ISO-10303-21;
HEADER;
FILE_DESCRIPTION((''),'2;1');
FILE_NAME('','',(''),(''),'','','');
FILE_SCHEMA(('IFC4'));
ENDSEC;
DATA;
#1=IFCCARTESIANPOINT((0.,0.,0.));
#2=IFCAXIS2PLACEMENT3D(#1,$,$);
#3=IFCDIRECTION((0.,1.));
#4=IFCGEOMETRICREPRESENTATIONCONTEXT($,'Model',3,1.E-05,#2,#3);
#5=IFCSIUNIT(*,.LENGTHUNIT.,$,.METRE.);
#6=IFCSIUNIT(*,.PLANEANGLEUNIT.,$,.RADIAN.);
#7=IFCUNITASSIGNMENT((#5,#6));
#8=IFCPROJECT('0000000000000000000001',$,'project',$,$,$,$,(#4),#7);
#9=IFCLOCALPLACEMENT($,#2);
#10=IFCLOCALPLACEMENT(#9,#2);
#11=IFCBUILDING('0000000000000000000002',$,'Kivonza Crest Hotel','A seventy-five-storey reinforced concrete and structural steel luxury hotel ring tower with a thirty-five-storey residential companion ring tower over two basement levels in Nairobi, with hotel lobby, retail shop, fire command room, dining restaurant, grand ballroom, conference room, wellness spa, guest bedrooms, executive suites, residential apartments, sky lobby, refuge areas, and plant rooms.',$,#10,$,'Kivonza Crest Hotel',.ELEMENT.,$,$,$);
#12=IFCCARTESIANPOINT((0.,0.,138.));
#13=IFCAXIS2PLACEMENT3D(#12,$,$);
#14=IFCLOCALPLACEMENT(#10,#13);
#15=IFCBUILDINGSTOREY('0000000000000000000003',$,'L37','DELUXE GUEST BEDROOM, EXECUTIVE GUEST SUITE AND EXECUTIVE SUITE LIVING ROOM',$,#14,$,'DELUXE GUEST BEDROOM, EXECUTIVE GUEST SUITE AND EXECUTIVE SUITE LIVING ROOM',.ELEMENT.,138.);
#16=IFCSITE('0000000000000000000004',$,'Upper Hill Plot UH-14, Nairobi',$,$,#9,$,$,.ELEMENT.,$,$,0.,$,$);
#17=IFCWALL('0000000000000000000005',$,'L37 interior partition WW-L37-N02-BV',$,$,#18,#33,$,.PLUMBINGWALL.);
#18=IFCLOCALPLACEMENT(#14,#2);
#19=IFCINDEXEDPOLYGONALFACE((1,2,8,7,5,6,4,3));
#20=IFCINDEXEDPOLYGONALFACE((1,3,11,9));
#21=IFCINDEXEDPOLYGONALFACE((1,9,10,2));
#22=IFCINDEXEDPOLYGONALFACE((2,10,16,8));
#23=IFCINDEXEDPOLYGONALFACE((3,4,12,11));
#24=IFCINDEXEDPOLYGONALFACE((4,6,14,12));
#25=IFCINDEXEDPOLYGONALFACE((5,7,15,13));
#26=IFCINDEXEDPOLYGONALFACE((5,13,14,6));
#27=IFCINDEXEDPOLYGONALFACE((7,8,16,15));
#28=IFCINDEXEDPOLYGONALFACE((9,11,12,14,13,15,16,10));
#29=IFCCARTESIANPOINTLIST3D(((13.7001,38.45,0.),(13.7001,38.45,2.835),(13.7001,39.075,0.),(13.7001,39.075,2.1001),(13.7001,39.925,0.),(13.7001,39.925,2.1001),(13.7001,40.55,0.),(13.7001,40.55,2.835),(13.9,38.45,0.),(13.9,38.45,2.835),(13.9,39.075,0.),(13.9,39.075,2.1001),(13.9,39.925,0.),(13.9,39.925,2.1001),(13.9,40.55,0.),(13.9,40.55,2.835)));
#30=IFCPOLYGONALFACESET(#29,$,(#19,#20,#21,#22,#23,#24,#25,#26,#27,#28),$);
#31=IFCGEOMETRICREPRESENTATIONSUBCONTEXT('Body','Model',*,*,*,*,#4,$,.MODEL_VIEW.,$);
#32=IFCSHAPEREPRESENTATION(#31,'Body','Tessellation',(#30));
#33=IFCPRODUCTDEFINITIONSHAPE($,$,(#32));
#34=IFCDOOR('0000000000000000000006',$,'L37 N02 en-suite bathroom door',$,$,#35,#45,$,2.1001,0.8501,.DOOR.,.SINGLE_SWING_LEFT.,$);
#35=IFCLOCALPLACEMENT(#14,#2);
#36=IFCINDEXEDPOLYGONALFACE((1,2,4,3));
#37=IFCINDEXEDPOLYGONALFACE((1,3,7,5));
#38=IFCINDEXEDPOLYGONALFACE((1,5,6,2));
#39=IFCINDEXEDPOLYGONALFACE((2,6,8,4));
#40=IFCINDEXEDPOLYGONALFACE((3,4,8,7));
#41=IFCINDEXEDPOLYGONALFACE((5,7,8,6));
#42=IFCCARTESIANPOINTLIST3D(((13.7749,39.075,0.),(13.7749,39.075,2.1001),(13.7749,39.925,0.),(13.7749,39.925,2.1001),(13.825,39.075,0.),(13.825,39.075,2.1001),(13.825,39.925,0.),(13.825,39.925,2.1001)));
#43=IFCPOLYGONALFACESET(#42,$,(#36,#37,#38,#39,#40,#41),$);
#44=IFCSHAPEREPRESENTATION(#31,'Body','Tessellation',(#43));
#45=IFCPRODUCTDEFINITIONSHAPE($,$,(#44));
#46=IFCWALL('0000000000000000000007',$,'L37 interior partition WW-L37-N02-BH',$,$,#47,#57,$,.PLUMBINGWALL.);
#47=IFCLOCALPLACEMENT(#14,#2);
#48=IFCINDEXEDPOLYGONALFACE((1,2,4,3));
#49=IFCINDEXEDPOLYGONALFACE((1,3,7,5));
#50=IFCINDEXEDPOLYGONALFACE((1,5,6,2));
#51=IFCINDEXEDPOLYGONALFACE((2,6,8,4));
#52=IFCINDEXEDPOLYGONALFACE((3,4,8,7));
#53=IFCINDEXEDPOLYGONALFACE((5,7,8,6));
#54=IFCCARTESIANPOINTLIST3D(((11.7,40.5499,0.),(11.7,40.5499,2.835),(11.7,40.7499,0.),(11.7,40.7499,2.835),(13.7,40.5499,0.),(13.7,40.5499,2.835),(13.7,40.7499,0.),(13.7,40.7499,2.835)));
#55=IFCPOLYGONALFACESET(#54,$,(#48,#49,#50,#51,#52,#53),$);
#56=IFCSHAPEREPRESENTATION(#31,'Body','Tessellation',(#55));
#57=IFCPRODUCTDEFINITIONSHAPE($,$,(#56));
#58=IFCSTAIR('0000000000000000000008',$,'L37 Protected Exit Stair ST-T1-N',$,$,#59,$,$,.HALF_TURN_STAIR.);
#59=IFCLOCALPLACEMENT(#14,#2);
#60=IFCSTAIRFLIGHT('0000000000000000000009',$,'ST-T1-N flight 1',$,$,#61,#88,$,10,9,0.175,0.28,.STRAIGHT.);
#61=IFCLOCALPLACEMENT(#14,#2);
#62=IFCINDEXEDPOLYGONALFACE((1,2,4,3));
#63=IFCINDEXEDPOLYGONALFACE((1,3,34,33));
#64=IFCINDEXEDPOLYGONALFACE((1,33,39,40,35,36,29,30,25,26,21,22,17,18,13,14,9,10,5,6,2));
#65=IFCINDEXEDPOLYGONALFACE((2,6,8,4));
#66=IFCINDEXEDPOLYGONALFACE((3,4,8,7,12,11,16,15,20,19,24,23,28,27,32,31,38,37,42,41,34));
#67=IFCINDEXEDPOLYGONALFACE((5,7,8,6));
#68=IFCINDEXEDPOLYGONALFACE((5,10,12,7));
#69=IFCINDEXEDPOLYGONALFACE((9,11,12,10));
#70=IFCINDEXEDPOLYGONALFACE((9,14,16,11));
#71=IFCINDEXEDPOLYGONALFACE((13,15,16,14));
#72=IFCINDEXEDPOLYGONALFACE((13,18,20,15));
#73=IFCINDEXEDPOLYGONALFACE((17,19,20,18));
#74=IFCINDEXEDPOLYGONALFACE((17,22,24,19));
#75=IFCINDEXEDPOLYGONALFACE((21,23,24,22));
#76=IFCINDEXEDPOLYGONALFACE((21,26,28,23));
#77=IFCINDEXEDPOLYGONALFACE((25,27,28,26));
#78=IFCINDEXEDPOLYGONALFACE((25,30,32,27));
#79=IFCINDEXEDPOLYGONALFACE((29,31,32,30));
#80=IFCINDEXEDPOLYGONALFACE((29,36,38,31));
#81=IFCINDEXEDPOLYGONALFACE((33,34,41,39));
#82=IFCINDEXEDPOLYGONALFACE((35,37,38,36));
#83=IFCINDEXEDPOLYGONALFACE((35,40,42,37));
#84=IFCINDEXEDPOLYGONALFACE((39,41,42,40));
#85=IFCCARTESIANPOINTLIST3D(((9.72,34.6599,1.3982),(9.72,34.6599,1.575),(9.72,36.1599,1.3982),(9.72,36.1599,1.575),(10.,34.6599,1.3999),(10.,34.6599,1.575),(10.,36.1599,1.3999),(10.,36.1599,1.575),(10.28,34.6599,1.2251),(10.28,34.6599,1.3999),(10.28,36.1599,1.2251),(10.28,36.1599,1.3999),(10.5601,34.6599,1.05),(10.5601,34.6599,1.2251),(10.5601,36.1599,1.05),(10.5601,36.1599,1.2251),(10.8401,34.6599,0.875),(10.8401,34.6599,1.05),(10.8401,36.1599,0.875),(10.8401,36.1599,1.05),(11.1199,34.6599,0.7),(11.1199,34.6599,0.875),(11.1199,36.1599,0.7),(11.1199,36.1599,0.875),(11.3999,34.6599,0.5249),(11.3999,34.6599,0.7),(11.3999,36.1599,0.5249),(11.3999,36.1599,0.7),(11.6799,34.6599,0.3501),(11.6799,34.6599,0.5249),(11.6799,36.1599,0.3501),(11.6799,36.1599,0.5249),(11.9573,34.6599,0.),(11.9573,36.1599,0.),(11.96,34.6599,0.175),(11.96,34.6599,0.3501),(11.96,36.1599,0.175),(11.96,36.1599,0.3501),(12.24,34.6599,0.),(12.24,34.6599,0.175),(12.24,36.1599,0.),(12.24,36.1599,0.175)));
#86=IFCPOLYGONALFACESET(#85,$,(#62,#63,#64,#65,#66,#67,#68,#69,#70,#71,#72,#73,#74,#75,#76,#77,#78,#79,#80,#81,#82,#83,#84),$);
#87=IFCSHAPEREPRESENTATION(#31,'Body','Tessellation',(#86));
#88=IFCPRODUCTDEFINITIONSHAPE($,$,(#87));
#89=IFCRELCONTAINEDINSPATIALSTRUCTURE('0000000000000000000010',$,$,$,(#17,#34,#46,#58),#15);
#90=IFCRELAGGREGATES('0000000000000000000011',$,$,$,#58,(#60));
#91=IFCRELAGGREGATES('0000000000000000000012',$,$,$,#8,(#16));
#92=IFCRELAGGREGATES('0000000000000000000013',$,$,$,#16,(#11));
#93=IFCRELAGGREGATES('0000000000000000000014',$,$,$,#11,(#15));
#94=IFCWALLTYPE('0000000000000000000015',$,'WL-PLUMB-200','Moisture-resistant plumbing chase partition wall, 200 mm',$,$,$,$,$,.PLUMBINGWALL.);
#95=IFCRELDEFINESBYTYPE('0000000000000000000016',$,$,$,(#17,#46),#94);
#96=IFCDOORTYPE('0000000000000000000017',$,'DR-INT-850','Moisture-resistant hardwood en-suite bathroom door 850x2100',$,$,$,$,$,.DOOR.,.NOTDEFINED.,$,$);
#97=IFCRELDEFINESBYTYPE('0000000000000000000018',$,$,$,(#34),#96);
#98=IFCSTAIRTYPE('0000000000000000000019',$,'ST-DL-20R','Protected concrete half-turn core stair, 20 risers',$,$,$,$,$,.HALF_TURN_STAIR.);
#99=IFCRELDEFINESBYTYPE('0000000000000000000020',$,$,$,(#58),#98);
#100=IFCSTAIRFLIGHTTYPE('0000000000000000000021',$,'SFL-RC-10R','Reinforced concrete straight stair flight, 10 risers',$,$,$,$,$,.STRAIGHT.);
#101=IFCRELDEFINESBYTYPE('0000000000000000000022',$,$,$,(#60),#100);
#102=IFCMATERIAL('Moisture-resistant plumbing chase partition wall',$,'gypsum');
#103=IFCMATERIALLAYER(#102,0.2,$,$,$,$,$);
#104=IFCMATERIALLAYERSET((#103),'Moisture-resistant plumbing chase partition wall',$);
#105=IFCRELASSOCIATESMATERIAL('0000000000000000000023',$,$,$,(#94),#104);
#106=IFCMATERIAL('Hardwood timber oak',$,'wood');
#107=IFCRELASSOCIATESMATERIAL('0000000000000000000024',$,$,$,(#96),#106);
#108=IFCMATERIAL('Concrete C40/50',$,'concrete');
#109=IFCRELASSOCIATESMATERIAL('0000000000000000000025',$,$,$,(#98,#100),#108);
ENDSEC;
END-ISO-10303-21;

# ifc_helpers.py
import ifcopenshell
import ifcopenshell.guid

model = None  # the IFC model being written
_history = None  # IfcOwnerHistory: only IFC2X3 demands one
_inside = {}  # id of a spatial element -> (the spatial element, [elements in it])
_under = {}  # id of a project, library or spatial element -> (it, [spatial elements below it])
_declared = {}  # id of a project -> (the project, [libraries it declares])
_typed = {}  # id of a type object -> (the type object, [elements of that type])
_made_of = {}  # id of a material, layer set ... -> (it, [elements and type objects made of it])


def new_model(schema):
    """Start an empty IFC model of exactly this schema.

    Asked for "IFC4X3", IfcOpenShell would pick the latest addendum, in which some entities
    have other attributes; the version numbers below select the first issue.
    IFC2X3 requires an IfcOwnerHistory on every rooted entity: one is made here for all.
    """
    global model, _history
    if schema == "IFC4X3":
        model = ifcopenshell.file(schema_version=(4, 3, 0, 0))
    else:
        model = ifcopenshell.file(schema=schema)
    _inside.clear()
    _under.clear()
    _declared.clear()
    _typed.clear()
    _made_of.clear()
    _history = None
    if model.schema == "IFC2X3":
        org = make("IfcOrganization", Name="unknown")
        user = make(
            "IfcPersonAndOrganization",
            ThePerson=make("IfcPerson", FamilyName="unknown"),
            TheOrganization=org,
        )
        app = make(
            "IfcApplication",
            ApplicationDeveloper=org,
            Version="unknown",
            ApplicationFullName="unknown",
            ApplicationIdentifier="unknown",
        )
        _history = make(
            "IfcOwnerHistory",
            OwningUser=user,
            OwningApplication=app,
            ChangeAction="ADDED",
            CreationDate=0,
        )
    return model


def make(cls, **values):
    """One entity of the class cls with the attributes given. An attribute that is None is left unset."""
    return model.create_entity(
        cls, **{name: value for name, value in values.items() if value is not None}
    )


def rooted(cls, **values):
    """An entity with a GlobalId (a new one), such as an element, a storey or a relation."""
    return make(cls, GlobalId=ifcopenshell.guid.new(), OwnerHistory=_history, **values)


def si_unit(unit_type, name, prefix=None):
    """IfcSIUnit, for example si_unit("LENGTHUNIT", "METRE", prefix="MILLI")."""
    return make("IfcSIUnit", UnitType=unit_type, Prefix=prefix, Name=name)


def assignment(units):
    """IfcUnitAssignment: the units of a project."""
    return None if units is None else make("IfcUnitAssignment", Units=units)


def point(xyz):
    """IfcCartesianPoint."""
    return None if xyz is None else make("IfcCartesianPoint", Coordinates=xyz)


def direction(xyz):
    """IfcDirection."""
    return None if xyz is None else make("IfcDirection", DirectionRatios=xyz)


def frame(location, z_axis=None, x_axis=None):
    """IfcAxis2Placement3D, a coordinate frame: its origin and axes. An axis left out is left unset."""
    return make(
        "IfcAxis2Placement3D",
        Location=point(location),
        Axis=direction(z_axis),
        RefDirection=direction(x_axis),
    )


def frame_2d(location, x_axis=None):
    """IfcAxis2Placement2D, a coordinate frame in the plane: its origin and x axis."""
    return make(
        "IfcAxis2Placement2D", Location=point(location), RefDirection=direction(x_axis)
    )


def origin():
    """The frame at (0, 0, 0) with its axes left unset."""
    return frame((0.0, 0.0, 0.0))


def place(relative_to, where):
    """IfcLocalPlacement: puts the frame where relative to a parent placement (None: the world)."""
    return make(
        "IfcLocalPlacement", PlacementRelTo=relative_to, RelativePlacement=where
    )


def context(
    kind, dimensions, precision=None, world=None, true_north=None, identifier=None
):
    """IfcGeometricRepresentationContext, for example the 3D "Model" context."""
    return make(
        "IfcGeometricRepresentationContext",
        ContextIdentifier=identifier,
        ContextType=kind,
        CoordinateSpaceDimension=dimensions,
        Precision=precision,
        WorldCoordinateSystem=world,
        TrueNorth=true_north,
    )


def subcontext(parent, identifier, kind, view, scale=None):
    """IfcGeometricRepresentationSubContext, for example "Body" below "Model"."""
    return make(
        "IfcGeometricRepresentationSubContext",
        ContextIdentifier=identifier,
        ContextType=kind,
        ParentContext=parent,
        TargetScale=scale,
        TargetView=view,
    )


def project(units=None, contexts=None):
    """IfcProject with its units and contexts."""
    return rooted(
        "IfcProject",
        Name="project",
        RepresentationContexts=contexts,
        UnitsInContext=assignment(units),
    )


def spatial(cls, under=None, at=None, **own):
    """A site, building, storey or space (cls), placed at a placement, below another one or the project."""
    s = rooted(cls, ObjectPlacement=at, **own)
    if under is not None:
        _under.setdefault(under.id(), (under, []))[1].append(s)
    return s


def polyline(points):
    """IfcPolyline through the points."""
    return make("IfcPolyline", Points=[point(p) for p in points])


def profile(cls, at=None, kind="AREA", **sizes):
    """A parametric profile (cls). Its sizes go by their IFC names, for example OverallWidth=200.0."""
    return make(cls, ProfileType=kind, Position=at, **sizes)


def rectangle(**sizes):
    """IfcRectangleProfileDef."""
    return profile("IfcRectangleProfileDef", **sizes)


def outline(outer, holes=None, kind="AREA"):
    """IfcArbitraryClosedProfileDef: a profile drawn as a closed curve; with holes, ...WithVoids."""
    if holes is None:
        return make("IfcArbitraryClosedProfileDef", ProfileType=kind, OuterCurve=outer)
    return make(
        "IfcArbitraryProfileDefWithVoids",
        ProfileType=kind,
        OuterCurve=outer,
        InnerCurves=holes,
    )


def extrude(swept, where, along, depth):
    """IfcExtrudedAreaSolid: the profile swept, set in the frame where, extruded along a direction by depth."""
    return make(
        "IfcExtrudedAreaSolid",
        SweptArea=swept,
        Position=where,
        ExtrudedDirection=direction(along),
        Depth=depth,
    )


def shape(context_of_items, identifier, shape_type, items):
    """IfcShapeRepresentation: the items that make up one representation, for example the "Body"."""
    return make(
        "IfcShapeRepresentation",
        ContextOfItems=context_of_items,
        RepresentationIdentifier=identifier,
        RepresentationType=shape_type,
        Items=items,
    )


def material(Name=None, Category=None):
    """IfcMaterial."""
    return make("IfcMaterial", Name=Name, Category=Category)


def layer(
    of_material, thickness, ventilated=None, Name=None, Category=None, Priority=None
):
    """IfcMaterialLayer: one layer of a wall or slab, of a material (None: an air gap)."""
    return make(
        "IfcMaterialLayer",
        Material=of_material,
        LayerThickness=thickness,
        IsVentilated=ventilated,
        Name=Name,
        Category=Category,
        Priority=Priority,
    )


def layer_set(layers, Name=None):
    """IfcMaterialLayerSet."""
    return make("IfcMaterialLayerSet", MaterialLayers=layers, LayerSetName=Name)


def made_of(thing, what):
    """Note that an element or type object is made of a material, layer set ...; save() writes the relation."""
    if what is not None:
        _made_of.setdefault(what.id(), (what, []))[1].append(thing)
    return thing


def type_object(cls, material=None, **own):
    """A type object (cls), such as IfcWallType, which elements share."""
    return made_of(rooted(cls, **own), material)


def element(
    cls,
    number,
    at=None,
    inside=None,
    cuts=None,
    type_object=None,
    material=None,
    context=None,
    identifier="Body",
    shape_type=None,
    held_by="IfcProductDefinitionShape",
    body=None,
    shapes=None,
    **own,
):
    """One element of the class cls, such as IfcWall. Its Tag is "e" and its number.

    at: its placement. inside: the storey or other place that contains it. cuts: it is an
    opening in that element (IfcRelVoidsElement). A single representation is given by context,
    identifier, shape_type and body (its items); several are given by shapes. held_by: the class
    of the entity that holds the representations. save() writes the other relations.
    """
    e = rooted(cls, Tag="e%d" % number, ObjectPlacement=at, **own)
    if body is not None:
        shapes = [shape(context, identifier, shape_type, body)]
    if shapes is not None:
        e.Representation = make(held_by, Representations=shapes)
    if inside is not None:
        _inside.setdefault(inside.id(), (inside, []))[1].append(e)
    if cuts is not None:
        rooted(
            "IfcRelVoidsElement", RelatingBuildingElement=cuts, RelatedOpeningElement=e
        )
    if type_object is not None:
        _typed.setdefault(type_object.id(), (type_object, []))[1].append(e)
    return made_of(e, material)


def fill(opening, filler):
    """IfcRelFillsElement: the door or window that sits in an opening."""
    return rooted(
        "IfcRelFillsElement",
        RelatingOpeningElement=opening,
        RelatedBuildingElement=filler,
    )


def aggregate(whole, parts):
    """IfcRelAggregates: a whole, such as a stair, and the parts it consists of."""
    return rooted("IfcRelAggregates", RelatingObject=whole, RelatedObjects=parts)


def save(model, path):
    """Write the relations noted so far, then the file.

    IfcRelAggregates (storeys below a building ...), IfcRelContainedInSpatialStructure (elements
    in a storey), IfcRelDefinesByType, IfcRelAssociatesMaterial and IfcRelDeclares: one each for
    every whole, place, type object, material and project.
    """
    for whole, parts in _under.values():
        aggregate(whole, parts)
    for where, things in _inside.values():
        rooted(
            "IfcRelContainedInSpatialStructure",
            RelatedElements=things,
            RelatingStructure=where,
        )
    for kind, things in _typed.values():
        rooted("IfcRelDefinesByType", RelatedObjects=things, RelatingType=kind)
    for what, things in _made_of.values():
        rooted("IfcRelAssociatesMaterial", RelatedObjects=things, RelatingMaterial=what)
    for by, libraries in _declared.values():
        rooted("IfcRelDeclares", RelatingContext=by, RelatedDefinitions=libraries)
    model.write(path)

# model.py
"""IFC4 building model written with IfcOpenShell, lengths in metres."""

from ifc_helpers import new_model, si_unit, direction, frame, frame_2d, origin, place, context, subcontext, project, spatial, polyline, rectangle, outline, extrude, material, layer, layer_set, type_object, element, fill, aggregate, save


model = new_model("IFC4")

# Units and contexts
model_context = context("Model", 3, precision=1e-05, world=origin(), true_north=direction((0.0, 1.0)))
body_context = subcontext(model_context, "Body", "Model", "MODEL_VIEW")
ifc_project = project(units=[si_unit("LENGTHUNIT", "METRE"), si_unit("PLANEANGLEUNIT", "RADIAN")], contexts=[model_context])

# Site, building, storey
site_placement = place(None, origin())
site = spatial("IfcSite", under=ifc_project, at=site_placement, Name="Upper Hill Plot UH-14, Nairobi", CompositionType="ELEMENT", RefElevation=0.0)
building_placement = place(site_placement, origin())
building = spatial("IfcBuilding", under=site, at=building_placement, Name="Kivonza Crest Hotel", Description="A seventy-five-storey reinforced concrete and structural steel luxury hotel ring tower with a thirty-five-storey residential companion ring tower over two basement levels in Nairobi, with hotel lobby, retail shop, fire command room, dining restaurant, grand ballroom, conference room, wellness spa, guest bedrooms, executive suites, residential apartments, sky lobby, refuge areas, and plant rooms.", LongName="Kivonza Crest Hotel", CompositionType="ELEMENT")
storey_placement = place(building_placement, frame((0.0, 0.0, 138.0)))
storey = spatial("IfcBuildingStorey", under=building, at=storey_placement, Name="L37", Description="DELUXE GUEST BEDROOM, EXECUTIVE GUEST SUITE AND EXECUTIVE SUITE LIVING ROOM", LongName="DELUXE GUEST BEDROOM, EXECUTIVE GUEST SUITE AND EXECUTIVE SUITE LIVING ROOM", CompositionType="ELEMENT", Elevation=138.0)

# Shared definitions
ifc_material_1 = material(Name="Hardwood timber oak", Category="wood")

# Wall, opening, door
ifc_material_2 = material(Name="Moisture-resistant plumbing chase partition wall", Category="gypsum")
ifc_layer_1 = layer(ifc_material_2, 0.2)
ifc_layer_set_1 = layer_set([ifc_layer_1], Name="Moisture-resistant plumbing chase partition wall")
wall_type_1 = type_object("IfcWallType", Name="WL-PLUMB-200", Description="Moisture-resistant plumbing chase partition wall, 200 mm", PredefinedType="PLUMBINGWALL", material=ifc_layer_set_1)
wall_1_placement = place(storey_placement, frame((13.8, 38.45, 0.0), z_axis=(0.0, 0.0, 1.0), x_axis=(0.0, 1.0, 0.0)))
wall_1 = element("IfcWall", 1, at=wall_1_placement, inside=storey, type_object=wall_type_1, Name="L37 interior partition WW-L37-N02-BV", PredefinedType="PLUMBINGWALL", context=body_context, shape_type="SweptSolid", body=[
    extrude(rectangle(XDim=2.1001, YDim=0.2, at=frame_2d((1.05, 0.0))), origin(), (0.0, 0.0, 1.0), 2.835),
])
opening_1_placement = place(wall_1_placement, frame((0.625, 0.0, 0.0)))
opening_1 = element("IfcOpeningElement", 2, at=opening_1_placement, cuts=wall_1, PredefinedType="OPENING", context=body_context, shape_type="SweptSolid", body=[
    extrude(rectangle(XDim=0.8501, YDim=2.1001, at=frame_2d((0.425, 1.05))), frame((0.0, 0.1099, 0.0), z_axis=(0.0, -1.0, 0.0), x_axis=(1.0, 0.0, 0.0)), (0.0, 0.0, 1.0), 0.22),
])
door_type_1 = type_object("IfcDoorType", Name="DR-INT-850", Description="Moisture-resistant hardwood en-suite bathroom door 850x2100", OperationType="NOTDEFINED", PredefinedType="DOOR", material=ifc_material_1)
door_1_placement = place(opening_1_placement, frame((0.8501, 0.0, 0.0), z_axis=(0.0, 0.0, 1.0), x_axis=(-1.0, 0.0, 0.0)))
door_1 = element("IfcDoor", 3, at=door_1_placement, inside=storey, type_object=door_type_1, Name="L37 N02 en-suite bathroom door", OperationType="SINGLE_SWING_LEFT", OverallHeight=2.1001, OverallWidth=0.8501, PredefinedType="DOOR", context=body_context, shape_type="SweptSolid", body=[
    extrude(rectangle(XDim=0.8501, YDim=2.1001, at=frame_2d((0.425, 1.05))), frame((0.0, 0.0249, 0.0), z_axis=(0.0, -1.0, 0.0), x_axis=(1.0, 0.0, 0.0)), (0.0, 0.0, 1.0), 0.05),
])
fill(opening_1, door_1)

# Wall
wall_2_placement = place(storey_placement, frame((11.7, 40.6499, 0.0), z_axis=(0.0, 0.0, 1.0), x_axis=(1.0, 0.0, 0.0)))
element("IfcWall", 4, at=wall_2_placement, inside=storey, type_object=wall_type_1, Name="L37 interior partition WW-L37-N02-BH", PredefinedType="PLUMBINGWALL", context=body_context, shape_type="SweptSolid", body=[
    extrude(rectangle(XDim=2.0, YDim=0.2, at=frame_2d((1.0, 0.0))), origin(), (0.0, 0.0, 1.0), 2.835),
])

# Stair, stair flight
ifc_material_3 = material(Name="Concrete C40/50", Category="concrete")
stair_type = type_object("IfcStairType", Name="ST-DL-20R", Description="Protected concrete half-turn core stair, 20 risers", PredefinedType="HALF_TURN_STAIR", material=ifc_material_3)
stair_placement = place(storey_placement, origin())
stair = element("IfcStair", 5, at=stair_placement, inside=storey, type_object=stair_type, Name="L37 Protected Exit Stair ST-T1-N", PredefinedType="HALF_TURN_STAIR")
stair_flight_type = type_object("IfcStairFlightType", Name="SFL-RC-10R", Description="Reinforced concrete straight stair flight, 10 risers", PredefinedType="STRAIGHT", material=ifc_material_3)
stair_flight_placement = place(storey_placement, frame((12.24, 35.4099, 0.0), z_axis=(0.0, 0.0, 1.0), x_axis=(-1.0, 0.0, 0.0)))
stair_flight = element("IfcStairFlight", 6, at=stair_flight_placement, type_object=stair_flight_type, Name="ST-T1-N flight 1", NumberOfRisers=10, NumberOfTreads=9, PredefinedType="STRAIGHT", RiserHeight=0.175, TreadLength=0.28, context=body_context, shape_type="SweptSolid", body=[
    extrude(outline(polyline([(0.0, 0.0), (0.0, 0.175), (0.28, 0.175), (0.28, 0.3501), (0.5601, 0.3501), (0.5601, 0.5249), (0.8401, 0.5249), (0.8401, 0.7), (1.1201, 0.7), (1.1201, 0.875), (1.3999, 0.875), (1.3999, 1.05), (1.6799, 1.05), (1.6799, 1.2251), (1.96, 1.2251), (1.96, 1.3999), (2.24, 1.3999), (2.24, 1.575), (2.52, 1.575), (2.52, 1.75), (2.52, 1.3982), (0.2827, 0.0), (0.0, 0.0)])), frame((0.0, 0.75, 0.0), z_axis=(0.0, -1.0, 0.0), x_axis=(1.0, 0.0, 0.0)), (0.0, 0.0, 1.0), 1.5),
])
aggregate(stair, [stair_flight])

save(model, "model.ifc")
